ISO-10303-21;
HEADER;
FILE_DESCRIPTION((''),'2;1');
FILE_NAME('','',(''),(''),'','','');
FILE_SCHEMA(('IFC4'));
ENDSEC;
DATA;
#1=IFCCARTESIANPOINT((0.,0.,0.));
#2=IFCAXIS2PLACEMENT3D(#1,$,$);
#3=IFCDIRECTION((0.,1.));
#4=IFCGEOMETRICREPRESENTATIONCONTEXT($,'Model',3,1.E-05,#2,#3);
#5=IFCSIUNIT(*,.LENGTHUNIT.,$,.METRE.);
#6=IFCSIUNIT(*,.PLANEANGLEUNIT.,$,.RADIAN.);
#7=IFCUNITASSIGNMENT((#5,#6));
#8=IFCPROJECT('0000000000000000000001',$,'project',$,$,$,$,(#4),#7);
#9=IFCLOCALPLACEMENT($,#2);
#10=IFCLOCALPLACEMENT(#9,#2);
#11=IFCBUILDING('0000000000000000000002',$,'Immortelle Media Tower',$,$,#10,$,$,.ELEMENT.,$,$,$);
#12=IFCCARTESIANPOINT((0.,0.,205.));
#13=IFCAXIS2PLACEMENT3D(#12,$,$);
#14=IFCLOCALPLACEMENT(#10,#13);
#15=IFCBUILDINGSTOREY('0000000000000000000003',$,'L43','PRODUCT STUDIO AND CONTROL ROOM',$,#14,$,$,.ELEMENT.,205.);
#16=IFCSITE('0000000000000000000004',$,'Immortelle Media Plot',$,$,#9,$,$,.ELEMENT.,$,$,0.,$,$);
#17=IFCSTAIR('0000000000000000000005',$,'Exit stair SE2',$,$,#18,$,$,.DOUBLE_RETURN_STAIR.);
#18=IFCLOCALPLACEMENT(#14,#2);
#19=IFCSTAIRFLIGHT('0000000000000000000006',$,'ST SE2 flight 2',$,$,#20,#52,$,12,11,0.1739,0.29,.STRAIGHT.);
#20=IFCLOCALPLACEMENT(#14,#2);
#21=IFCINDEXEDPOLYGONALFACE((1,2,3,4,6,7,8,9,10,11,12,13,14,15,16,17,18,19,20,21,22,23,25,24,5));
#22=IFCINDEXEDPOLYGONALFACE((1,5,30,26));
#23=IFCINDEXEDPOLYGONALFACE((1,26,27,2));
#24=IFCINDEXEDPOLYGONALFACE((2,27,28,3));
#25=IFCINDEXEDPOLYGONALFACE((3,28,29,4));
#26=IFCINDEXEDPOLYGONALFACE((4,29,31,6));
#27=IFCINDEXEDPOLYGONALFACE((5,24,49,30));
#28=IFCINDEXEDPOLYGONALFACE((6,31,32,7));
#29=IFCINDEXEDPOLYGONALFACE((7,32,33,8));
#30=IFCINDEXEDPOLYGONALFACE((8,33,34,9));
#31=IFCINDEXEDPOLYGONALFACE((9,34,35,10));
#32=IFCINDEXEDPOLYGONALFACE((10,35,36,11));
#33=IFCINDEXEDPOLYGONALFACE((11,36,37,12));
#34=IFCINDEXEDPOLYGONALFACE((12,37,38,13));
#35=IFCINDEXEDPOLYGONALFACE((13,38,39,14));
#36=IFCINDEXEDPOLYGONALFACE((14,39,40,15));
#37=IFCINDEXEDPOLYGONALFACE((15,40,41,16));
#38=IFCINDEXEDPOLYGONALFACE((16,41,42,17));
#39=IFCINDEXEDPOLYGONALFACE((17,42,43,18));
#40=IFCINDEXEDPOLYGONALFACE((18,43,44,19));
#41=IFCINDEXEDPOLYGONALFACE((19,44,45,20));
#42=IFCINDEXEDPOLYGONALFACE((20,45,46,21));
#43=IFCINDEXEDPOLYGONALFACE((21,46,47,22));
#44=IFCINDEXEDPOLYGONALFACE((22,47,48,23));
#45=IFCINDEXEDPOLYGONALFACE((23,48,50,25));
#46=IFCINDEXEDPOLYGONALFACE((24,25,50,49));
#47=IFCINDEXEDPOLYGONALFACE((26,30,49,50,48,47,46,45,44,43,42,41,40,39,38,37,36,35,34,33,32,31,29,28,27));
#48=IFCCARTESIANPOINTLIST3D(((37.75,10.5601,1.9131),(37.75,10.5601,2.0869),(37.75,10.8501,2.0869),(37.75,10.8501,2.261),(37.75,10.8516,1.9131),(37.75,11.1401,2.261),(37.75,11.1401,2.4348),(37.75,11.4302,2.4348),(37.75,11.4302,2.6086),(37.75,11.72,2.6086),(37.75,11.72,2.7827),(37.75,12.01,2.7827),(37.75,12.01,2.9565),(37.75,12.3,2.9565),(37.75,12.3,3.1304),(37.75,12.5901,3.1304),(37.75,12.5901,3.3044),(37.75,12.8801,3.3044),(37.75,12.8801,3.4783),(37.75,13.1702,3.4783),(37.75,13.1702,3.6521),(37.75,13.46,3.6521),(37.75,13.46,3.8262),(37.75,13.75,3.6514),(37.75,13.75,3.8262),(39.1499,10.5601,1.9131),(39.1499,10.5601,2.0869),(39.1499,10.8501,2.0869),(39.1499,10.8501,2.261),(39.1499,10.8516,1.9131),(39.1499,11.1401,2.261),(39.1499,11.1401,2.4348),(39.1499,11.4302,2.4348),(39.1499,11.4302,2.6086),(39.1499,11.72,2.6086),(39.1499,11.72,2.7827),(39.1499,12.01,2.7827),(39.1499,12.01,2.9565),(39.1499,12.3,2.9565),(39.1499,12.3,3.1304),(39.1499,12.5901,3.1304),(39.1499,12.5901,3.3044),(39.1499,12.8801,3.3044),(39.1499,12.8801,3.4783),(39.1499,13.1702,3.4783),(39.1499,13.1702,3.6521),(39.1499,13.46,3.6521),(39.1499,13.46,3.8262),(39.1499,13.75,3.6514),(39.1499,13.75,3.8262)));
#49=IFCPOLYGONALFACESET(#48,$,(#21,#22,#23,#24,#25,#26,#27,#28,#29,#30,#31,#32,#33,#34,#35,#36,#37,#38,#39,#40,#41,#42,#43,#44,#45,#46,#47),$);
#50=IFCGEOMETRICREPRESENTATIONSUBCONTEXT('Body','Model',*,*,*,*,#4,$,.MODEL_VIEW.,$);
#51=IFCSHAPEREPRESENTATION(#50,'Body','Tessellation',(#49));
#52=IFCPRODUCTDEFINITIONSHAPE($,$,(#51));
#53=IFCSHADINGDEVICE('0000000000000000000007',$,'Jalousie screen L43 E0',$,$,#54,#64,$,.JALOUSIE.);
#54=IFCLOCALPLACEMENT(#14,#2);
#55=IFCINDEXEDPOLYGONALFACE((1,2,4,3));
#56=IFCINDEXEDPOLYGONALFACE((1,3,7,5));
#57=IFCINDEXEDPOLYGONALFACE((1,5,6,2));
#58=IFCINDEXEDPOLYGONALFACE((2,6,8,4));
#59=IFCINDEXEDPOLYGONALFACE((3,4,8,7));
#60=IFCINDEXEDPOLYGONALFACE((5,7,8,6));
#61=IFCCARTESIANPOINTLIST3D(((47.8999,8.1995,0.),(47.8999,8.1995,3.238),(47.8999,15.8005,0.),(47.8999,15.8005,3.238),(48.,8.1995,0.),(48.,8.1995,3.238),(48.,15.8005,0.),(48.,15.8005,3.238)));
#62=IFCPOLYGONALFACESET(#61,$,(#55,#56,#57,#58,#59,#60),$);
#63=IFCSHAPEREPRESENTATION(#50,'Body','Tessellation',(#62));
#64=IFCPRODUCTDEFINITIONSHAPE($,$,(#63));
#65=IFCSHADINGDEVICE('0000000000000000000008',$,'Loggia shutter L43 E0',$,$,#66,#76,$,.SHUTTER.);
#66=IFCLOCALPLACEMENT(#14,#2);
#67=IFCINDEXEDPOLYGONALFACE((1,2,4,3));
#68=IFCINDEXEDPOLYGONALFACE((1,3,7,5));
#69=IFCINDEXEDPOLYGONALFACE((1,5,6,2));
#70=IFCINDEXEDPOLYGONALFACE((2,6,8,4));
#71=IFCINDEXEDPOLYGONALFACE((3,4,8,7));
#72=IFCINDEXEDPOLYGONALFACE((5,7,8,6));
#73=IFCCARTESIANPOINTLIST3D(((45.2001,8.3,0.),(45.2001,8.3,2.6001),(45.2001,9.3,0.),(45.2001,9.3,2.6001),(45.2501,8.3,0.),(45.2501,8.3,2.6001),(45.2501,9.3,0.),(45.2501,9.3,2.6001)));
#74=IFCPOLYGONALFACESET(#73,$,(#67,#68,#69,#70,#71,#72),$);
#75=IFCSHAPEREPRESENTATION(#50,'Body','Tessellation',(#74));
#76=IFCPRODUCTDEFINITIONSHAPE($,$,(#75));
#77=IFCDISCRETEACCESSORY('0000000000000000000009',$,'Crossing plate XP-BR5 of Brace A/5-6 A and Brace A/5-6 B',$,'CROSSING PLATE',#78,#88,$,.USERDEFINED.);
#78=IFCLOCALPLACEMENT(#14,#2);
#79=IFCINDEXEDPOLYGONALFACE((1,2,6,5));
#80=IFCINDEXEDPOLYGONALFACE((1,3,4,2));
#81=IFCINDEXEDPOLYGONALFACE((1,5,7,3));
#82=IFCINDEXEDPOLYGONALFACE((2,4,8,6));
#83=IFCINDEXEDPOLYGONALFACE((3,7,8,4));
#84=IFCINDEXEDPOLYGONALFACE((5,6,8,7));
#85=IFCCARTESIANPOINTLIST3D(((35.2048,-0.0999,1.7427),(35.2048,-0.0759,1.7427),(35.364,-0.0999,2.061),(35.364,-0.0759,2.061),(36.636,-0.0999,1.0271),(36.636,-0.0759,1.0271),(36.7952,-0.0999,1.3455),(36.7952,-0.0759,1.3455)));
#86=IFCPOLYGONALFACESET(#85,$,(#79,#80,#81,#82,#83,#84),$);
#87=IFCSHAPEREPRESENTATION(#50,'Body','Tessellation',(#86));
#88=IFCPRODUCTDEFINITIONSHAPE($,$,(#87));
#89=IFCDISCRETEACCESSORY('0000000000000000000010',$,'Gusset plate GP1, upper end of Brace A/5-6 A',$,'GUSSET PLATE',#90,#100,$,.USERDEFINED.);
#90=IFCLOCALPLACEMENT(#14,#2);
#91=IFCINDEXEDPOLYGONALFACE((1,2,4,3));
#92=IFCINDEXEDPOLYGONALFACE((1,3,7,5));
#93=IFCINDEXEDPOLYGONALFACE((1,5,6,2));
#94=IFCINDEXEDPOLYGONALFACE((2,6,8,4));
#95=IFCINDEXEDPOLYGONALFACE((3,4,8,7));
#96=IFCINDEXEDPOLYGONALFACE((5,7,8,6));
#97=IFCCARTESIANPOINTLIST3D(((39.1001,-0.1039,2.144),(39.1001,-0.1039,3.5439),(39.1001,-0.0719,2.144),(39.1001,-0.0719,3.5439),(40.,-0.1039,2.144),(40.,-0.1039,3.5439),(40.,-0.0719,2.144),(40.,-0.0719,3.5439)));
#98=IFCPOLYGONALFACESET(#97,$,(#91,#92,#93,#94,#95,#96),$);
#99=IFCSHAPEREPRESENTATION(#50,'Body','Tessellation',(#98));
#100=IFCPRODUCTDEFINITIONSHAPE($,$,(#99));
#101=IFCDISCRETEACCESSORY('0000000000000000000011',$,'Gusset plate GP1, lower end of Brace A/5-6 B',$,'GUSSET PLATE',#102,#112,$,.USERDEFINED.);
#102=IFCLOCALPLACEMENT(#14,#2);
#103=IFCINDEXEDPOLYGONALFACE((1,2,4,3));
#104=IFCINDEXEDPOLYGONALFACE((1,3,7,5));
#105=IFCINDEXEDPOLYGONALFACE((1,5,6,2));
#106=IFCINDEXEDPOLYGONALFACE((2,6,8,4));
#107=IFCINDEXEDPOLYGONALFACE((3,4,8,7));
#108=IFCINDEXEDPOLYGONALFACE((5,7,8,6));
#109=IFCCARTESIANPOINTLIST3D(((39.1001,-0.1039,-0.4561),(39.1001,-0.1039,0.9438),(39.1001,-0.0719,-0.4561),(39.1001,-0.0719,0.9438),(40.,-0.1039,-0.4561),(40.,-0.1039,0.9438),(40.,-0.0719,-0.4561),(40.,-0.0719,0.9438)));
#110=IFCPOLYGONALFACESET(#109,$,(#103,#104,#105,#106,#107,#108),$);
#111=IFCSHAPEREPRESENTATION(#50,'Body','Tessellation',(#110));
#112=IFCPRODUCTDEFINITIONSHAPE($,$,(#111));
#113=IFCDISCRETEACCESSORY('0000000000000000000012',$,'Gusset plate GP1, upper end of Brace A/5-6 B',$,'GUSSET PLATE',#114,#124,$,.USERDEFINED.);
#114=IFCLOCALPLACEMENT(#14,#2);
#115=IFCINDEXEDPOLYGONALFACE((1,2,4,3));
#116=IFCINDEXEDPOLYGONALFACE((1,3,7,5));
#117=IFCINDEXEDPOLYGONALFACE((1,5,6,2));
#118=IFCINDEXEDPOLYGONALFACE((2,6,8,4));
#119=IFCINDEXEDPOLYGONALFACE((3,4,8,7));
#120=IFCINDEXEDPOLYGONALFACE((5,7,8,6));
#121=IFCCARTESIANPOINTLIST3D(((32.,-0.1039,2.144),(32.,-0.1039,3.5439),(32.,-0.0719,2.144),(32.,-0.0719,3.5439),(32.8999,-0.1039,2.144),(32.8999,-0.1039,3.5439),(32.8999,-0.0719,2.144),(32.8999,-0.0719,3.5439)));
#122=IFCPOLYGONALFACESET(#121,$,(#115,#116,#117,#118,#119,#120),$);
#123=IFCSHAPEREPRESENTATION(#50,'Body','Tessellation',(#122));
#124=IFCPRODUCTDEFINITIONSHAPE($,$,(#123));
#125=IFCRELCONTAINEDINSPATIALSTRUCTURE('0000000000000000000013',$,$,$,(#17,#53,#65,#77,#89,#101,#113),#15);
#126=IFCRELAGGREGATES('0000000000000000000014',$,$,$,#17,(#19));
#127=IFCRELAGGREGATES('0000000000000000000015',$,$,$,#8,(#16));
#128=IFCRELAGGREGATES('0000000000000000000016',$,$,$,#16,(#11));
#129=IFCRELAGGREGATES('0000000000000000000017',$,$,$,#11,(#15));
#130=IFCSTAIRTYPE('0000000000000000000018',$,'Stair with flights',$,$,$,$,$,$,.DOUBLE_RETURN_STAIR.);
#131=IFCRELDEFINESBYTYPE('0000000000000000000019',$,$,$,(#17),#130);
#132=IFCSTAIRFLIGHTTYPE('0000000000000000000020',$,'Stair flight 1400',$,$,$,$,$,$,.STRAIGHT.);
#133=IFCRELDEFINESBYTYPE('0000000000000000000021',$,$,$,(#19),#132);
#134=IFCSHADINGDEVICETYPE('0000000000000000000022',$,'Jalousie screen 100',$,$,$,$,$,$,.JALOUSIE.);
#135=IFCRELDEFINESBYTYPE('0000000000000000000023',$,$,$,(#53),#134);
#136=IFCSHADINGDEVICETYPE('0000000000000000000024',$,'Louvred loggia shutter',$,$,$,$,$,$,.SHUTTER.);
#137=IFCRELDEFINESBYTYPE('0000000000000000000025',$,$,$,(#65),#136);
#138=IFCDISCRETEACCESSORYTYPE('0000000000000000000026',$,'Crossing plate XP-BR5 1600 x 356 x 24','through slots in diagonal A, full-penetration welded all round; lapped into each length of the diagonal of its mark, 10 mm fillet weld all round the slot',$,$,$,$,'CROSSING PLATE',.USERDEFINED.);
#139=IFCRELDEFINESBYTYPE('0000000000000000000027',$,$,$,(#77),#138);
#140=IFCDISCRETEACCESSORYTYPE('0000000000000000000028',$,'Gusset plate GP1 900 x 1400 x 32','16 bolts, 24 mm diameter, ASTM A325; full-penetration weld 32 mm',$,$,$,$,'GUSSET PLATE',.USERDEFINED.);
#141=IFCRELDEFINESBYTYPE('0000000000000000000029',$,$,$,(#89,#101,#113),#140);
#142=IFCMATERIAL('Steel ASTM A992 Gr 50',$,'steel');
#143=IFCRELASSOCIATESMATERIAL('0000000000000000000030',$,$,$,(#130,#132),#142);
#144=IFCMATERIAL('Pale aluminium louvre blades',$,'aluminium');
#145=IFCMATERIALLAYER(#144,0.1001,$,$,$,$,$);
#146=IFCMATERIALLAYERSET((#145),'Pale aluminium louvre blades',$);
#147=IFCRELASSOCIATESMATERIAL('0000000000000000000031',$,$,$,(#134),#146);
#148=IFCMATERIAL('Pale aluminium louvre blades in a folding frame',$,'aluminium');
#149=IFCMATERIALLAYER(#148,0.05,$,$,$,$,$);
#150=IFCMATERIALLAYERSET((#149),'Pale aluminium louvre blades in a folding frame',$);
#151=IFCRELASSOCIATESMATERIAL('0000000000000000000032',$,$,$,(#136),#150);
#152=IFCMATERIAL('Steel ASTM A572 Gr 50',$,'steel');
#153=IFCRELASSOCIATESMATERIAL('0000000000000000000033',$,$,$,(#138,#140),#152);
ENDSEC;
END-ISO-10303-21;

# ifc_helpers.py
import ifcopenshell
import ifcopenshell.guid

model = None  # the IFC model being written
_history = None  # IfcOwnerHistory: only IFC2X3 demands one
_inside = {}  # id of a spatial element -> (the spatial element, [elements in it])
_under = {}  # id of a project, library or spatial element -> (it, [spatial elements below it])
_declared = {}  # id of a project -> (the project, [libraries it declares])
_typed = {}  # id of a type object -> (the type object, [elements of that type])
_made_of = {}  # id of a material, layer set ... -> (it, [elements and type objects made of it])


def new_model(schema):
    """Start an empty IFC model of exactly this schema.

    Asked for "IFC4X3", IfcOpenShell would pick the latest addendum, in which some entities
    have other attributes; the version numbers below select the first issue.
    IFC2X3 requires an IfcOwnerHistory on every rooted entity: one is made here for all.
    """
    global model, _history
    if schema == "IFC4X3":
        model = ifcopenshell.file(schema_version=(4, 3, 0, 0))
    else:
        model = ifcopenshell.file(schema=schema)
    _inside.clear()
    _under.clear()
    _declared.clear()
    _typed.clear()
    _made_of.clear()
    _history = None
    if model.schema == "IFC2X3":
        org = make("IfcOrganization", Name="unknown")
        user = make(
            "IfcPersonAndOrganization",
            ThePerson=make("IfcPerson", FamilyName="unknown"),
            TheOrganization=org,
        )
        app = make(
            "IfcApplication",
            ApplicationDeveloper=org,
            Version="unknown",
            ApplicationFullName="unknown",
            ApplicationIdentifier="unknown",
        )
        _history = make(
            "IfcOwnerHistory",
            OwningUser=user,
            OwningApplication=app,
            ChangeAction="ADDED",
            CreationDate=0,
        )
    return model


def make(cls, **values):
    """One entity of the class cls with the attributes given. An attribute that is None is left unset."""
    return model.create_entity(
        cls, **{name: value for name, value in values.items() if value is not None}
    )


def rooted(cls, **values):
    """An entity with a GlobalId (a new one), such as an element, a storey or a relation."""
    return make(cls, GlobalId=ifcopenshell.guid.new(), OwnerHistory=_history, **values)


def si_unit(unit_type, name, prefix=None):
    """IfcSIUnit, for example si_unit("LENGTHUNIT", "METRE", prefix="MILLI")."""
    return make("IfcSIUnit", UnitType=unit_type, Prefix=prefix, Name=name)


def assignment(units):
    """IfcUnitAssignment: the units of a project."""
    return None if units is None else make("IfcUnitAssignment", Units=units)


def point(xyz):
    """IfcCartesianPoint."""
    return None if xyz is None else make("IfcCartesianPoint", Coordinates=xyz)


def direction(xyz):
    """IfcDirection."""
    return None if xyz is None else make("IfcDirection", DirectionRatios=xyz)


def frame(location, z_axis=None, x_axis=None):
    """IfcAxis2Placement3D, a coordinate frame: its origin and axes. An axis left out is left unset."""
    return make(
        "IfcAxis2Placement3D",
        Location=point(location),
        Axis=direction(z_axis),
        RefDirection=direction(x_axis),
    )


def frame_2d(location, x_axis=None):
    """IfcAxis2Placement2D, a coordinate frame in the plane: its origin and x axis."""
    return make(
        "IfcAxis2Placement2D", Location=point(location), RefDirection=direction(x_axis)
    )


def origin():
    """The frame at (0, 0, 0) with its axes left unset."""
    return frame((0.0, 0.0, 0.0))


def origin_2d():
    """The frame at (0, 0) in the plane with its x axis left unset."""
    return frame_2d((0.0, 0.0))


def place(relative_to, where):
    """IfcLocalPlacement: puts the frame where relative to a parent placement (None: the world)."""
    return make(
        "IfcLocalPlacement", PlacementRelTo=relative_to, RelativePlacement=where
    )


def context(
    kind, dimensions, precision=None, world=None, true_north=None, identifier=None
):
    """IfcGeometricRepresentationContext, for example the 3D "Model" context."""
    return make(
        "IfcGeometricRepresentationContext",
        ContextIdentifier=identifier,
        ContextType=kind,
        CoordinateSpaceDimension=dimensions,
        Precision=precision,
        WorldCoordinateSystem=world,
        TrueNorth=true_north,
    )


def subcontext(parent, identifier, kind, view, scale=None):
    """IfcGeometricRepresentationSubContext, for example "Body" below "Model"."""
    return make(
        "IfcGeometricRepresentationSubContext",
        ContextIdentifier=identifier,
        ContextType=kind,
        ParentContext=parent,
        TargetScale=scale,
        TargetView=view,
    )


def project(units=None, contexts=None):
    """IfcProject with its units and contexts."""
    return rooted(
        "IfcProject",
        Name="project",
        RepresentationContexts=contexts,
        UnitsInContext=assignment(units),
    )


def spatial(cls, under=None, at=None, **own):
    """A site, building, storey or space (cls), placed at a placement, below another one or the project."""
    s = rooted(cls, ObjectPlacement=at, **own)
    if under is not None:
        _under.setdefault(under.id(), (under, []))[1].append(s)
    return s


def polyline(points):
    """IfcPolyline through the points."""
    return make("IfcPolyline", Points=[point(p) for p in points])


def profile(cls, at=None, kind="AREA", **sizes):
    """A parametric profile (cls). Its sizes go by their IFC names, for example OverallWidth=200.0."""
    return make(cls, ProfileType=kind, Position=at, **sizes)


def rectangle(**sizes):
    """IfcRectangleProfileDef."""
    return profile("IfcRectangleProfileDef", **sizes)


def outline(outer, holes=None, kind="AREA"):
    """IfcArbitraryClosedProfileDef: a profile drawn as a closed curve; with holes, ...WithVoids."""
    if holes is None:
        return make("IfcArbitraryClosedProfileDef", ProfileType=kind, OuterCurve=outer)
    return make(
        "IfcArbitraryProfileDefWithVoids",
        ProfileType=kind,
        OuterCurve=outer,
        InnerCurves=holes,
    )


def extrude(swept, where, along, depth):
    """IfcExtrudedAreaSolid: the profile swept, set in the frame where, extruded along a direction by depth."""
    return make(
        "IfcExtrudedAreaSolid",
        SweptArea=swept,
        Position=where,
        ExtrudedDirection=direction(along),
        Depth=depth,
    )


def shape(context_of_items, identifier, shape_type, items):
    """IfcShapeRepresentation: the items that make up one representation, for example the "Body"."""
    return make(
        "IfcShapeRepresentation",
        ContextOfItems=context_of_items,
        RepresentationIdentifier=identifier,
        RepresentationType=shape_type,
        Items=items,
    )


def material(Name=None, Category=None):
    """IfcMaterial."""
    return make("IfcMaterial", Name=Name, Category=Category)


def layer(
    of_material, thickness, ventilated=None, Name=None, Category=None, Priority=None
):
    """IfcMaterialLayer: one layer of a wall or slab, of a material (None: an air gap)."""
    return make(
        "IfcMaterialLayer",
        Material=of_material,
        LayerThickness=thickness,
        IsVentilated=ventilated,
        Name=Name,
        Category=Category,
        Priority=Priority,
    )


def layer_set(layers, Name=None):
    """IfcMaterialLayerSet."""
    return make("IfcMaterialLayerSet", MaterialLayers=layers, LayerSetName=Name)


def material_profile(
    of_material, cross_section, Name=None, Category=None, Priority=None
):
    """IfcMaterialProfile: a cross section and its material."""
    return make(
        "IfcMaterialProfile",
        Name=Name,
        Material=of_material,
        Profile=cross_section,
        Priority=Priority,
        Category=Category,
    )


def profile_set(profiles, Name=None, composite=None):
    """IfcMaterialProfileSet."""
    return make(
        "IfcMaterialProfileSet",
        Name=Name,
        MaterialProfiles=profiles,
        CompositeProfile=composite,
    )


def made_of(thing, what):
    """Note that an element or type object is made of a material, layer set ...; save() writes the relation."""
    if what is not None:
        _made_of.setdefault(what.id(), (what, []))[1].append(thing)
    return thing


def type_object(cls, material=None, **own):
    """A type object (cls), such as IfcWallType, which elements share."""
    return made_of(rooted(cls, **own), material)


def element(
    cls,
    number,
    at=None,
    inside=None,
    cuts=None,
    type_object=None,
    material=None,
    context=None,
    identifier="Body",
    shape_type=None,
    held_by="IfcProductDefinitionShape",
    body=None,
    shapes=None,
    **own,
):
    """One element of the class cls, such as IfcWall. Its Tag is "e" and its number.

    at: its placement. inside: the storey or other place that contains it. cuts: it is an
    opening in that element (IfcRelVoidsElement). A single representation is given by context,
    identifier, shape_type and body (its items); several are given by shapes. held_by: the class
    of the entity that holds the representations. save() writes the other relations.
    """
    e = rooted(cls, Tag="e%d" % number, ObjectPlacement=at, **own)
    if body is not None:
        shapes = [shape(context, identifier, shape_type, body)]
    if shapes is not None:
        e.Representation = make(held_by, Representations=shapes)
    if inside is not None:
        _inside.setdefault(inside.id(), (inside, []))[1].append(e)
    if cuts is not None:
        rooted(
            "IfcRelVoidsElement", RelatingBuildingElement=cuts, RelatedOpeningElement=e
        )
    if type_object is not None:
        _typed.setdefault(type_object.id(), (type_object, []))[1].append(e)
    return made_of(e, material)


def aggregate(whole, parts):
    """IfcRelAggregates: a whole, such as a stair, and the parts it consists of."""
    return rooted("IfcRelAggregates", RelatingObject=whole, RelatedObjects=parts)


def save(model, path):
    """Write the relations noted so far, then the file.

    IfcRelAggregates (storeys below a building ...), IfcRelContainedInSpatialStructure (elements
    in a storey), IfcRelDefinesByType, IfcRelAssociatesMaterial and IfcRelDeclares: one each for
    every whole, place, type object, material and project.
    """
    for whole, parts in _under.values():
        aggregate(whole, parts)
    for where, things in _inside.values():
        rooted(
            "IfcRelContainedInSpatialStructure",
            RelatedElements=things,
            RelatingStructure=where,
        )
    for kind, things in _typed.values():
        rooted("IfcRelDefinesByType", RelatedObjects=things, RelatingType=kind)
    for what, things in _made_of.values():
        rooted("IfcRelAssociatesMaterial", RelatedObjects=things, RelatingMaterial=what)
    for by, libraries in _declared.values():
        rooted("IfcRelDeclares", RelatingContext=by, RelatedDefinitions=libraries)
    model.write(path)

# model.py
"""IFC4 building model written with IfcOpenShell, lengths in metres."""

from ifc_helpers import new_model, si_unit, direction, frame, origin, origin_2d, place, context, subcontext, project, spatial, polyline, rectangle, outline, extrude, material, layer, layer_set, material_profile, profile_set, type_object, element, aggregate, save


model = new_model("IFC4")

# Units and contexts
model_context = context("Model", 3, precision=1e-05, world=origin(), true_north=direction((0.0, 1.0)))
body_context = subcontext(model_context, "Body", "Model", "MODEL_VIEW")
ifc_project = project(units=[si_unit("LENGTHUNIT", "METRE"), si_unit("PLANEANGLEUNIT", "RADIAN")], contexts=[model_context])

# Site, building, storey
site_placement = place(None, origin())
site = spatial("IfcSite", under=ifc_project, at=site_placement, Name="Immortelle Media Plot", CompositionType="ELEMENT", RefElevation=0.0)
building_placement = place(site_placement, origin())
building = spatial("IfcBuilding", under=site, at=building_placement, Name="Immortelle Media Tower", CompositionType="ELEMENT")
storey_placement = place(building_placement, frame((0.0, 0.0, 205.0)))
storey = spatial("IfcBuildingStorey", under=building, at=storey_placement, Name="L43", Description="PRODUCT STUDIO AND CONTROL ROOM", CompositionType="ELEMENT", Elevation=205.0)

# Shared definitions
ifc_material_1 = material(Name="Steel ASTM A992 Gr 50", Category="steel")

# Shared definitions
stair_type = type_object("IfcStairType", Name="Stair with flights", PredefinedType="DOUBLE_RETURN_STAIR", material=ifc_material_1)
stair_flight_type = type_object("IfcStairFlightType", Name="Stair flight 1400", PredefinedType="STRAIGHT", material=ifc_material_1)

# Stair, stair flight
stair_1_placement = place(storey_placement, origin())
stair_1 = element("IfcStair", 1, at=stair_1_placement, inside=storey, type_object=stair_type, Name="Exit stair SE2", PredefinedType="DOUBLE_RETURN_STAIR")
stair_flight_1_placement = place(storey_placement, frame((38.45, 10.5601, 1.9131), z_axis=(0.0, 0.0, 1.0), x_axis=(0.0, 1.0, 0.0)))
stair_flight_1 = element("IfcStairFlight", 2, at=stair_flight_1_placement, type_object=stair_flight_type, Name="ST SE2 flight 2", NumberOfRisers=12, NumberOfTreads=11, PredefinedType="STRAIGHT", RiserHeight=0.1739, TreadLength=0.29, context=body_context, shape_type="SweptSolid", body=[
    extrude(outline(polyline([(0.0, 0.0), (0.0, 0.1738), (0.29, 0.1738), (0.29, 0.3479), (0.5801, 0.3479), (0.5801, 0.5217), (0.8701, 0.5217), (0.8701, 0.6956), (1.1599, 0.6956), (1.1599, 0.8696), (1.45, 0.8696), (1.45, 1.0435), (1.74, 1.0435), (1.74, 1.2173), (2.03, 1.2173), (2.03, 1.3914), (2.3201, 1.3914), (2.3201, 1.5652), (2.6101, 1.5652), (2.6101, 1.739), (2.8999, 1.739), (2.8999, 1.9131), (3.1899, 1.9131), (3.1899, 2.0869), (3.1899, 1.7383), (0.2915, 0.0), (0.0, 0.0)])), frame((0.0, 0.7, 0.0), z_axis=(0.0, -1.0, 0.0), x_axis=(1.0, 0.0, 0.0)), (0.0, 0.0, 1.0), 1.3999),
])
aggregate(stair_1, [stair_flight_1])

# Shading devices
ifc_material_2 = material(Name="Pale aluminium louvre blades", Category="aluminium")
ifc_layer_1 = layer(ifc_material_2, 0.1001)
ifc_layer_set_1 = layer_set([ifc_layer_1], Name="Pale aluminium louvre blades")
shading_device_type_1 = type_object("IfcShadingDeviceType", Name="Jalousie screen 100", PredefinedType="JALOUSIE", material=ifc_layer_set_1)
shading_device_1_placement = place(storey_placement, frame((47.95, 12.0, 0.0), z_axis=(0.0, 0.0, 1.0), x_axis=(0.0, 1.0, 0.0)))
element("IfcShadingDevice", 3, at=shading_device_1_placement, inside=storey, type_object=shading_device_type_1, Name="Jalousie screen L43 E0", PredefinedType="JALOUSIE", context=body_context, shape_type="SweptSolid", body=[
    extrude(rectangle(XDim=7.6011, YDim=0.1001, at=origin_2d()), origin(), (0.0, 0.0, 1.0), 3.238),
])
ifc_material_3 = material(Name="Pale aluminium louvre blades in a folding frame", Category="aluminium")
ifc_layer_2 = layer(ifc_material_3, 0.05)
ifc_layer_set_2 = layer_set([ifc_layer_2], Name="Pale aluminium louvre blades in a folding frame")
shading_device_type_2 = type_object("IfcShadingDeviceType", Name="Louvred loggia shutter", PredefinedType="SHUTTER", material=ifc_layer_set_2)
shading_device_2_placement = place(storey_placement, frame((45.2251, 8.8, 0.0), z_axis=(0.0, 0.0, 1.0), x_axis=(0.0, 1.0, 0.0)))
element("IfcShadingDevice", 4, at=shading_device_2_placement, inside=storey, type_object=shading_device_type_2, Name="Loggia shutter L43 E0", PredefinedType="SHUTTER", context=body_context, shape_type="SweptSolid", body=[
    extrude(rectangle(XDim=1.0, YDim=0.05, at=origin_2d()), origin(), (0.0, 0.0, 1.0), 2.6001),
])

# Discrete accessories
ifc_material_4 = material(Name="Steel ASTM A572 Gr 50", Category="steel")
ifc_material_profile_1 = material_profile(ifc_material_4, rectangle(XDim=0.0239, YDim=0.356, at=origin_2d()), Name="PL 24 x 356")
ifc_profile_set_1 = profile_set([ifc_material_profile_1], Name="Steel ASTM A572 Gr 50")
discrete_accessory_type_1 = type_object("IfcDiscreteAccessoryType", Name="Crossing plate XP-BR5 1600 x 356 x 24", Description="through slots in diagonal A, full-penetration welded all round; lapped into each length of the diagonal of its mark, 10 mm fillet weld all round the slot", ElementType="CROSSING PLATE", PredefinedType="USERDEFINED", material=ifc_profile_set_1)
discrete_accessory_placement = place(storey_placement, frame((35.2844, -0.0879, 1.9019), z_axis=(0.894427, 0.0, -0.447214), x_axis=(0.0, 1.0, 0.0)))
element("IfcDiscreteAccessory", 5, at=discrete_accessory_placement, inside=storey, type_object=discrete_accessory_type_1, Name="Crossing plate XP-BR5 of Brace A/5-6 A and Brace A/5-6 B", ObjectType="CROSSING PLATE", PredefinedType="USERDEFINED", context=body_context, shape_type="SweptSolid", body=[
    extrude(rectangle(XDim=0.0239, YDim=0.356, at=origin_2d()), origin(), (0.0, 0.0, 1.0), 1.6001),
])
ifc_material_profile_2 = material_profile(ifc_material_4, rectangle(XDim=0.032, YDim=1.3999, at=origin_2d()), Name="PL 32 x 1400")
ifc_profile_set_2 = profile_set([ifc_material_profile_2], Name="Steel ASTM A572 Gr 50")
discrete_accessory_type_2 = type_object("IfcDiscreteAccessoryType", Name="Gusset plate GP1 900 x 1400 x 32", Description="16 bolts, 24 mm diameter, ASTM A325; full-penetration weld 32 mm", ElementType="GUSSET PLATE", PredefinedType="USERDEFINED", material=ifc_profile_set_2)
for number, where, z_axis, x_axis, name in (
    (6, (40.0, -0.0879, 2.844), (-1.0, 0.0, 0.0), (0.0, -1.0, 0.0), "Gusset plate GP1, upper end of Brace A/5-6 A"),
    (7, (40.0, -0.0879, 0.2439), (-1.0, 0.0, 0.0), (0.0, -1.0, 0.0), "Gusset plate GP1, lower end of Brace A/5-6 B"),
    (8, (32.0, -0.0879, 2.844), (1.0, 0.0, 0.0), (0.0, 1.0, 0.0), "Gusset plate GP1, upper end of Brace A/5-6 B"),
):
    element("IfcDiscreteAccessory", number, at=place(storey_placement, frame(where, z_axis=z_axis, x_axis=x_axis)), inside=storey, type_object=discrete_accessory_type_2, Name=name, ObjectType="GUSSET PLATE", PredefinedType="USERDEFINED", context=body_context, shape_type="SweptSolid", body=[
        extrude(rectangle(XDim=0.032, YDim=1.3999, at=origin_2d()), origin(), (0.0, 0.0, 1.0), 0.8999),
    ])

save(model, "model.ifc")
